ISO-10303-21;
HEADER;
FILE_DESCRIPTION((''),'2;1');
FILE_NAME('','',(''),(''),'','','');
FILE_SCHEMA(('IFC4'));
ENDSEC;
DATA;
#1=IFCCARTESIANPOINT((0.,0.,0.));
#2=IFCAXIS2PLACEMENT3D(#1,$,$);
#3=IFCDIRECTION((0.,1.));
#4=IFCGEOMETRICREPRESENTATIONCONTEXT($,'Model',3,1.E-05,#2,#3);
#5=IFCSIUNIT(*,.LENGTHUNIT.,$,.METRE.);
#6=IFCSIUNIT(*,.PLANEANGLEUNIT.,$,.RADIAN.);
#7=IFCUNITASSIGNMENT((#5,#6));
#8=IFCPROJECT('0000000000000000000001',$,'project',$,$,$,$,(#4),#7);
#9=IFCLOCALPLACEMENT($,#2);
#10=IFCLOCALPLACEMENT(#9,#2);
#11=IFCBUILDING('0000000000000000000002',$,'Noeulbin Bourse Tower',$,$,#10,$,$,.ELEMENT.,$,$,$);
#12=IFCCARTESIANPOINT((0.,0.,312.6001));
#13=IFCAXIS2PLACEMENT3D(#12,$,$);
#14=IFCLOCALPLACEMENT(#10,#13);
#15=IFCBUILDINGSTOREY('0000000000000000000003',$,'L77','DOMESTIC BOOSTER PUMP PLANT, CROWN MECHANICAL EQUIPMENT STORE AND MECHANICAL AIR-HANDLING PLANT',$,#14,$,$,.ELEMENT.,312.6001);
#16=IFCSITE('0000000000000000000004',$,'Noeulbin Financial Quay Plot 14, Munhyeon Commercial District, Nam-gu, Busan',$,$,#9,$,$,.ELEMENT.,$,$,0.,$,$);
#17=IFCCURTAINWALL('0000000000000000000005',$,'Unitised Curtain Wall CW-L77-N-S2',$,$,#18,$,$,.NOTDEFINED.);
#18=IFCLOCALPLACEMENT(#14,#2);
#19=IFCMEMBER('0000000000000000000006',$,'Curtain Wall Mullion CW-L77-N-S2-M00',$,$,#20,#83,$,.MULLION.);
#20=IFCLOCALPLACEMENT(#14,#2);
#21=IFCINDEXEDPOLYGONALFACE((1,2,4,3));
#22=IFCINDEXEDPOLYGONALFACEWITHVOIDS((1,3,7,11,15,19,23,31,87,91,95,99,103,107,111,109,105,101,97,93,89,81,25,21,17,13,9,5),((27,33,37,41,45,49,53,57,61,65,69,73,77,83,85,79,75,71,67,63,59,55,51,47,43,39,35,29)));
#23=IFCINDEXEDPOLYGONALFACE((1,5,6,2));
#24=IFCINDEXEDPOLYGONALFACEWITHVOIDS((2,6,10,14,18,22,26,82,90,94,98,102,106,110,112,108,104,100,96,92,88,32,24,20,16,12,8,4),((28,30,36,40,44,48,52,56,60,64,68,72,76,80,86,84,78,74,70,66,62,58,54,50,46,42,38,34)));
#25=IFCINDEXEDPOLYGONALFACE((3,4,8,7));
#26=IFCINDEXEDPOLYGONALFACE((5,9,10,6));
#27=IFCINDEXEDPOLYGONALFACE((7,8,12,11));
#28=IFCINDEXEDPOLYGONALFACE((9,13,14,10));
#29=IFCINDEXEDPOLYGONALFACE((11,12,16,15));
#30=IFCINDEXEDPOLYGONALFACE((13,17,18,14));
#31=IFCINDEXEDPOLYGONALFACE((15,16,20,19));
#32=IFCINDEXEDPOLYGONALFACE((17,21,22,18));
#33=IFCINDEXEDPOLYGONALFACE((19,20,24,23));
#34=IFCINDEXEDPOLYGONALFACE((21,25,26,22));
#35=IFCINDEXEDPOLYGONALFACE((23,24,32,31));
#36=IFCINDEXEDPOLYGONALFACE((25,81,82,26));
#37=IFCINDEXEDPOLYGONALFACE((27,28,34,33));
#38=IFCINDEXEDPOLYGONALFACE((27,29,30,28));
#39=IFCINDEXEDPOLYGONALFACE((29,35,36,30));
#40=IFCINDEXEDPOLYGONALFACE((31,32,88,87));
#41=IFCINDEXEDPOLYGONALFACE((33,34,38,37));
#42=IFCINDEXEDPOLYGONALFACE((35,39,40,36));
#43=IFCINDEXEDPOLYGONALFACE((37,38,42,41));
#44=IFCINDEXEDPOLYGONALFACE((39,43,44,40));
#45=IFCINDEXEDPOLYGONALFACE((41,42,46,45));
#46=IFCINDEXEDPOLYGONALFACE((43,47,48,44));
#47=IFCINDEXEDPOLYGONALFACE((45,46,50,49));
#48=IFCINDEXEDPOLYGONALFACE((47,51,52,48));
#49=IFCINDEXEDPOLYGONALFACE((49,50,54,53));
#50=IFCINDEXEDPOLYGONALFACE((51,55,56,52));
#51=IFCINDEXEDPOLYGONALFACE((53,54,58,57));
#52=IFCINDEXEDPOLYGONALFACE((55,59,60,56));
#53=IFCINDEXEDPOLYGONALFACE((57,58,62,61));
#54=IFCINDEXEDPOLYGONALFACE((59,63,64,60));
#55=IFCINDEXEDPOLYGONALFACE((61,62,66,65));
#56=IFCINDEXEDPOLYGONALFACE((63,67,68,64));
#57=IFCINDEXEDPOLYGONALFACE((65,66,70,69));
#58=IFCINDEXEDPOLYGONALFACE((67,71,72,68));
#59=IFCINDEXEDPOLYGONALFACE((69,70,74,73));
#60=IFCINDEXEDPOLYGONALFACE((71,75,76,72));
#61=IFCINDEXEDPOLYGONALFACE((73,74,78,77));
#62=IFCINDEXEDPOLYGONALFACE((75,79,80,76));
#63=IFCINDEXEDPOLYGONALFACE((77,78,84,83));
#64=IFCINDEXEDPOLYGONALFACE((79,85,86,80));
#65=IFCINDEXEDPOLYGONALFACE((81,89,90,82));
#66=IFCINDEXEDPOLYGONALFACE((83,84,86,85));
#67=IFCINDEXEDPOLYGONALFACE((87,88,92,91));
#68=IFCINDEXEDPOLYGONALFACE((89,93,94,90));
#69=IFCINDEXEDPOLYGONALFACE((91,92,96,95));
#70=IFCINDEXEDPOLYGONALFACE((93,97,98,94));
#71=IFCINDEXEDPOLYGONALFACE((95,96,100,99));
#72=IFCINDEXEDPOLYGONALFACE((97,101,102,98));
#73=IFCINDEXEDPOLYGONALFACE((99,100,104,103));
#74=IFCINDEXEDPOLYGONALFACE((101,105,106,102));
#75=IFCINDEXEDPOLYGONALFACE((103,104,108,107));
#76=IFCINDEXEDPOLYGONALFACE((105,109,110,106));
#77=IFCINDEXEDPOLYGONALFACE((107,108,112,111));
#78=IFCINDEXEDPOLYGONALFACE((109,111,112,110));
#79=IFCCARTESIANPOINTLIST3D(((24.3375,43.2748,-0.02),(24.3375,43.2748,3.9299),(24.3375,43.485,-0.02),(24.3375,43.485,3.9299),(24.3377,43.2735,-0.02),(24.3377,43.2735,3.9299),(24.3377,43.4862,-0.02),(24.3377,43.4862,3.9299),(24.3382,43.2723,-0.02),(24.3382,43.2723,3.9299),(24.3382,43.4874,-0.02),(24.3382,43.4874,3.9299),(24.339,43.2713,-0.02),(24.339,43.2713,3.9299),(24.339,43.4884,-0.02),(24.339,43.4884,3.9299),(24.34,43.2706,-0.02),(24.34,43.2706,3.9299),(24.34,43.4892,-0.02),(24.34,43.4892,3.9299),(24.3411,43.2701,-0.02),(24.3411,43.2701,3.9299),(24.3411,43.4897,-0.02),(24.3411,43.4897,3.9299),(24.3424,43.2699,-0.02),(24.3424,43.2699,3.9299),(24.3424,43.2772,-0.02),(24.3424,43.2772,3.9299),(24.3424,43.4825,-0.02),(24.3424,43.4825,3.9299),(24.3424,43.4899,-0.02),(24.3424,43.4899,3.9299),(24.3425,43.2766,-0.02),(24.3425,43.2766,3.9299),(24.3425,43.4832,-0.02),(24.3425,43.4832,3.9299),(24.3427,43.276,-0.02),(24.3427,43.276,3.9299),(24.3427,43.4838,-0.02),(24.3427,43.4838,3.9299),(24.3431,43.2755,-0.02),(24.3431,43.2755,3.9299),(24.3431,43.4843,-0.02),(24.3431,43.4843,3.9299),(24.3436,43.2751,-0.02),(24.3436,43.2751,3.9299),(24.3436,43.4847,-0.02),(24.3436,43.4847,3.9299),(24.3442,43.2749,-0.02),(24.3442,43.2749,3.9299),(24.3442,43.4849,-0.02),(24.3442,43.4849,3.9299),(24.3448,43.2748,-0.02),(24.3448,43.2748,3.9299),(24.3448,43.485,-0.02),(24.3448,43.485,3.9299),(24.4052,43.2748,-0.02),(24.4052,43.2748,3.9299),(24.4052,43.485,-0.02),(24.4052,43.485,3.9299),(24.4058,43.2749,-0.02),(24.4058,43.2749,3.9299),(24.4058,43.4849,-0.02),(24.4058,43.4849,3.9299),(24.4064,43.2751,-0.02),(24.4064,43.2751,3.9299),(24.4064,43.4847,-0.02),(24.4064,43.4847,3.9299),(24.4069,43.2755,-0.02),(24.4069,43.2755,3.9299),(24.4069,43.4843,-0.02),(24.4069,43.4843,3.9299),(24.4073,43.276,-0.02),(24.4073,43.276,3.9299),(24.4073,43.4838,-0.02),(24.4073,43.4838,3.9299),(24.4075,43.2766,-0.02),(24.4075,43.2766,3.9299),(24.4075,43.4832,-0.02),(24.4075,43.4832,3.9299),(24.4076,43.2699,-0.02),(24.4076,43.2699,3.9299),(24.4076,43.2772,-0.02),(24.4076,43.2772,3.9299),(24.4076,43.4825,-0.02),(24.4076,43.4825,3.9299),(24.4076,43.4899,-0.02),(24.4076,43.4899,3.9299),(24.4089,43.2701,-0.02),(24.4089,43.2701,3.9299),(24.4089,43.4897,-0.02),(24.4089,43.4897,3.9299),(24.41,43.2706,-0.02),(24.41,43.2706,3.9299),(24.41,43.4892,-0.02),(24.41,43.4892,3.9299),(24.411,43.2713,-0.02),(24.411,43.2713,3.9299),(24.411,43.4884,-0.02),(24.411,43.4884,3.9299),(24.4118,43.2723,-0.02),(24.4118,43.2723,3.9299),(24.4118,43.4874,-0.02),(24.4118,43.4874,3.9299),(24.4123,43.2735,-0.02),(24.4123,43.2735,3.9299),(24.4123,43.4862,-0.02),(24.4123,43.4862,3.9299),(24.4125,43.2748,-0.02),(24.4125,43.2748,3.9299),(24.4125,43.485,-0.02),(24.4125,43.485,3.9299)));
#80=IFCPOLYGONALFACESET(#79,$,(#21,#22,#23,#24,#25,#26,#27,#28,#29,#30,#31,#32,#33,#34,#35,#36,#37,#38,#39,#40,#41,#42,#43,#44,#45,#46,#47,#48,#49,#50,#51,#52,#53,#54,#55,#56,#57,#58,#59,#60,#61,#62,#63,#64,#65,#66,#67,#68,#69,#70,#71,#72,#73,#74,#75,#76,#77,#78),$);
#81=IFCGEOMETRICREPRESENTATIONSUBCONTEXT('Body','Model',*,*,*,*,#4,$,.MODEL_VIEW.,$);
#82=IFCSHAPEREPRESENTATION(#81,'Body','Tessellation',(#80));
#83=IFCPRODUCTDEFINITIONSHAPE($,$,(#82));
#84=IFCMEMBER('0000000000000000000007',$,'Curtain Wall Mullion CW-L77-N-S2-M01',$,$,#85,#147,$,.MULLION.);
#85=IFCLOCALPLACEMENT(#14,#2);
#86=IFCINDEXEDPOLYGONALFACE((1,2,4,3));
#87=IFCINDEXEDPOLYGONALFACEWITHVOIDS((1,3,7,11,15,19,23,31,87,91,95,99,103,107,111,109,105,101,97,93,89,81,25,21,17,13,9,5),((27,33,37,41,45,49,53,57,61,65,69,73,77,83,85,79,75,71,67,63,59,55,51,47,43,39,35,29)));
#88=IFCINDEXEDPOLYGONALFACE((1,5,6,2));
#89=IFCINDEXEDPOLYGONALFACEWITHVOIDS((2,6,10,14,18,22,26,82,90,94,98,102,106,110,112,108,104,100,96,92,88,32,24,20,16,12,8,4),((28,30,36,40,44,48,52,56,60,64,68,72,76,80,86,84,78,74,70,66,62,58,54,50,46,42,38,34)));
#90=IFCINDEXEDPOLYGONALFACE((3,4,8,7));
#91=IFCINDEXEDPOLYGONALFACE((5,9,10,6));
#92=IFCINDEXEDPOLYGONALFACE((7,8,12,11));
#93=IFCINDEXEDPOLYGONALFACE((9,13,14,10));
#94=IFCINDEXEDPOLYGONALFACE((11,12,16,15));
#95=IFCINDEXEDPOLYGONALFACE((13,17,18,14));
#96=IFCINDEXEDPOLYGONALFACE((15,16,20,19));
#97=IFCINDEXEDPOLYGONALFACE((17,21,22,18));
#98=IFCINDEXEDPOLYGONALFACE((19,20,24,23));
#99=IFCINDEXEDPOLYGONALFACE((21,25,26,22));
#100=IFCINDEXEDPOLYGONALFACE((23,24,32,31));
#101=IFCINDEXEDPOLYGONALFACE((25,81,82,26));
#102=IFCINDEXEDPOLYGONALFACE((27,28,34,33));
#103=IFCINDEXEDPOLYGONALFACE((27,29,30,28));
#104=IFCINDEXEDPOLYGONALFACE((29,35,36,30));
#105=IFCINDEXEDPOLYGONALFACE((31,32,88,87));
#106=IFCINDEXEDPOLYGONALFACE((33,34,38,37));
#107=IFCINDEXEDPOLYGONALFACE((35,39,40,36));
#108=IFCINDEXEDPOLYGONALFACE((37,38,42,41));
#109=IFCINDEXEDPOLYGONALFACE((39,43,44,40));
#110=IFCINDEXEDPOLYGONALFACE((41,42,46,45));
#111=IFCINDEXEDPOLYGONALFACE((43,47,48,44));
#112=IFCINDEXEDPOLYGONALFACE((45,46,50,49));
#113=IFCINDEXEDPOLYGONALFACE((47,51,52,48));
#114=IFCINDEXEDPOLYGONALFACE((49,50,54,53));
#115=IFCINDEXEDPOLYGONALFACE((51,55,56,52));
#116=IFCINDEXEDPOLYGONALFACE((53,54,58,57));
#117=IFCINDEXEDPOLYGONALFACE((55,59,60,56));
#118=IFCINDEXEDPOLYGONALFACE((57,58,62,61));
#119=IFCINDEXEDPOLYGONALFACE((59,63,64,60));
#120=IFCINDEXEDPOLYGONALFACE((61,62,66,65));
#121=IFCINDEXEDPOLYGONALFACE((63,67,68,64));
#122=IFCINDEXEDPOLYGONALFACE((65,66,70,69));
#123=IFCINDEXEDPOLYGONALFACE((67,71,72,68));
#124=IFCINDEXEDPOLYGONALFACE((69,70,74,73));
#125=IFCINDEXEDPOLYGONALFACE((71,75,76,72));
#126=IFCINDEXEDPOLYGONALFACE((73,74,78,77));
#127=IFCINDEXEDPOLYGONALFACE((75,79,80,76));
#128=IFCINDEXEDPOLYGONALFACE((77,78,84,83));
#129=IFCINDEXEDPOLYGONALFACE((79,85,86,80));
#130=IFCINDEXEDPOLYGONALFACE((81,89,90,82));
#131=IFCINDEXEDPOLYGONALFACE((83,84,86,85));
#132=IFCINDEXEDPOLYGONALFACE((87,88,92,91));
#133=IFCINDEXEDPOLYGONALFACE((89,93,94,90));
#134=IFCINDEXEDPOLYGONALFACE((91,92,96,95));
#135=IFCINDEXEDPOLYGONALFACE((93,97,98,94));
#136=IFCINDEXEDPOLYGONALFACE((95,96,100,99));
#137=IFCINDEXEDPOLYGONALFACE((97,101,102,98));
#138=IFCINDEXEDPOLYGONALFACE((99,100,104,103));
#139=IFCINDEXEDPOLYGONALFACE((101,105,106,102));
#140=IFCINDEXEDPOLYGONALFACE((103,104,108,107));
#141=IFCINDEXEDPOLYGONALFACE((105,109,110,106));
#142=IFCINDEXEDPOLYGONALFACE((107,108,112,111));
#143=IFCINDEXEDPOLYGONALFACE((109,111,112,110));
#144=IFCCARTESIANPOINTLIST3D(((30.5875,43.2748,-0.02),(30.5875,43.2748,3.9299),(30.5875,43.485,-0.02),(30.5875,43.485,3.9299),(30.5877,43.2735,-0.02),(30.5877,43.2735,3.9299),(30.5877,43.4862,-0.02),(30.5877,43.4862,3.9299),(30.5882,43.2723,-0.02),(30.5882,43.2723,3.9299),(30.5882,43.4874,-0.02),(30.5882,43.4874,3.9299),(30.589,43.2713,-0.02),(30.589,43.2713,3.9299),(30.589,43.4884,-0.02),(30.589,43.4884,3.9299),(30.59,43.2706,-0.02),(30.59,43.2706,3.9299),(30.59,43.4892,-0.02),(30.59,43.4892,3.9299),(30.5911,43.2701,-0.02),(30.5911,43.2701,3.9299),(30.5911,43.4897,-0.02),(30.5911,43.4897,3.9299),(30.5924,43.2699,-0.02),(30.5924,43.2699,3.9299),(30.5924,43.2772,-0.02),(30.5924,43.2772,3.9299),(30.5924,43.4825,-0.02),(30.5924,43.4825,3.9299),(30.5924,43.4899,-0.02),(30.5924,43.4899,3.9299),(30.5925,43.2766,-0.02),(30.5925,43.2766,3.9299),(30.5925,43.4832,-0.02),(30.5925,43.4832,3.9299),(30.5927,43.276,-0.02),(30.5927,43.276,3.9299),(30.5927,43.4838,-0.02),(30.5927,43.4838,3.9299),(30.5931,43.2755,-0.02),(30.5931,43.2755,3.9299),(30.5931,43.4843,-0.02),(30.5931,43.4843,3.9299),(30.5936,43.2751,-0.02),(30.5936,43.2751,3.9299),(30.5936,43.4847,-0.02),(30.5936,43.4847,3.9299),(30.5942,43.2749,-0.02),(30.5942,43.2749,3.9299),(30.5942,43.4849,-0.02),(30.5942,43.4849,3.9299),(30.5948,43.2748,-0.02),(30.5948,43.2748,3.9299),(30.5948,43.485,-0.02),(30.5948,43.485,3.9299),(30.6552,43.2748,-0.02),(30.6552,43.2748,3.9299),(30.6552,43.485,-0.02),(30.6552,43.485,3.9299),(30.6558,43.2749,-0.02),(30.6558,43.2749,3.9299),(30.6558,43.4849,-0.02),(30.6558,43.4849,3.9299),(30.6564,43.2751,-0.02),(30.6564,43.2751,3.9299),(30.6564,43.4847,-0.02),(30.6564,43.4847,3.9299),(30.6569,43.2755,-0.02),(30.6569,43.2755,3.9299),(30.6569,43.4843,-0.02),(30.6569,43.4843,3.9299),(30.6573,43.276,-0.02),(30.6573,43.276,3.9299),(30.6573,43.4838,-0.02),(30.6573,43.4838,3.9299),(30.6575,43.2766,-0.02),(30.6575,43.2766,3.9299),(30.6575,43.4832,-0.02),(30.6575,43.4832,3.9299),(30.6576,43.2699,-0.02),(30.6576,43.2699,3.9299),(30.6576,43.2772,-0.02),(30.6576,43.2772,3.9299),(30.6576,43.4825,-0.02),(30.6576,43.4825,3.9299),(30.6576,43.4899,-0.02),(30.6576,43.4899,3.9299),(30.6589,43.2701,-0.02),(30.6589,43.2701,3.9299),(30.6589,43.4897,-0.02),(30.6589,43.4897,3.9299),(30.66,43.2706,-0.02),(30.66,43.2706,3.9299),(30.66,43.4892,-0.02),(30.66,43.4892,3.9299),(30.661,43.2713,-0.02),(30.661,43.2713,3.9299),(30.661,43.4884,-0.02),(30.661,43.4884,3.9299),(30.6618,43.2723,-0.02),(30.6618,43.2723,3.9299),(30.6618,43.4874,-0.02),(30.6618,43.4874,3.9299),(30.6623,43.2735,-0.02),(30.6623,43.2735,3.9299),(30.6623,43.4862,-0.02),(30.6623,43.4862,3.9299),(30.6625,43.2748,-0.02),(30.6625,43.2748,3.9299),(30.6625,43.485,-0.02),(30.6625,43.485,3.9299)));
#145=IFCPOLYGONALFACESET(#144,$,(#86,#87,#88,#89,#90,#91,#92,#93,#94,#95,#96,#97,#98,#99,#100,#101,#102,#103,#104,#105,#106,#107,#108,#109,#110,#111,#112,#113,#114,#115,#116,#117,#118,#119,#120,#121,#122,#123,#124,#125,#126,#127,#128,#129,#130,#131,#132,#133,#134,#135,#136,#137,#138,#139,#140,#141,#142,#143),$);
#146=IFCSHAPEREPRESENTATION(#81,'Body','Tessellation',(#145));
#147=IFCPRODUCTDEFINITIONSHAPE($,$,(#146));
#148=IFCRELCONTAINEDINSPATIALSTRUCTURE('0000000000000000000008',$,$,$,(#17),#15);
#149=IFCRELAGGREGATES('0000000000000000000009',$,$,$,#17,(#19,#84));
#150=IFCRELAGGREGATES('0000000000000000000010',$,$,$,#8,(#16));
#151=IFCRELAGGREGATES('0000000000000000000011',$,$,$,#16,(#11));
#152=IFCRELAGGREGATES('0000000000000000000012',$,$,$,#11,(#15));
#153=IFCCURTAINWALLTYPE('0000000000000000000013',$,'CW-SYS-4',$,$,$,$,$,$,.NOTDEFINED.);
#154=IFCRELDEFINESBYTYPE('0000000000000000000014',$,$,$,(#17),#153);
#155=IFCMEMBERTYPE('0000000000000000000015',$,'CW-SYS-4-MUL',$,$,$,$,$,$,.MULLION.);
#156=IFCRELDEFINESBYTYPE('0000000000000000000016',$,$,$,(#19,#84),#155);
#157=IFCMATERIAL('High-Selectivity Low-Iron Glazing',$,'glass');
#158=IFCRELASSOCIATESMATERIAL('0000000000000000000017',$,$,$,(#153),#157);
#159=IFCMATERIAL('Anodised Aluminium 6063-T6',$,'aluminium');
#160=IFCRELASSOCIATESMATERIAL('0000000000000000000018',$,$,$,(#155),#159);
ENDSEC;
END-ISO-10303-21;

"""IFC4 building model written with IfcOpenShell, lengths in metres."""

from ifc_helpers import new_model, si_unit, direction, frame, origin, origin_2d, place, context, subcontext, project, spatial, hollow_rectangle, extrude, material, material_profile, profile_set, type_object, element, aggregate, save


model = new_model("IFC4")

# Units and contexts
model_context = context("Model", 3, precision=1e-05, world=origin(), true_north=direction((0.0, 1.0)))
body_context = subcontext(model_context, "Body", "Model", "MODEL_VIEW")
ifc_project = project(units=[si_unit("LENGTHUNIT", "METRE"), si_unit("PLANEANGLEUNIT", "RADIAN")], contexts=[model_context])

# Site, building, storey
site_placement = place(None, origin())
site = spatial("IfcSite", under=ifc_project, at=site_placement, Name="Noeulbin Financial Quay Plot 14, Munhyeon Commercial District, Nam-gu, Busan", CompositionType="ELEMENT", RefElevation=0.0)
building_placement = place(site_placement, origin())
building = spatial("IfcBuilding", under=site, at=building_placement, Name="Noeulbin Bourse Tower", CompositionType="ELEMENT")
storey_placement = place(building_placement, frame((0.0, 0.0, 312.6001)))
storey = spatial("IfcBuildingStorey", under=building, at=storey_placement, Name="L77", Description="DOMESTIC BOOSTER PUMP PLANT, CROWN MECHANICAL EQUIPMENT STORE AND MECHANICAL AIR-HANDLING PLANT", CompositionType="ELEMENT", Elevation=312.6001)

# Curtain wall, members
ifc_material_1 = material(Name="High-Selectivity Low-Iron Glazing", Category="glass")
curtain_wall_type = type_object("IfcCurtainWallType", Name="CW-SYS-4", PredefinedType="NOTDEFINED", material=ifc_material_1)
curtain_wall_1_placement = place(storey_placement, origin())
curtain_wall_1 = element("IfcCurtainWall", 1, at=curtain_wall_1_placement, inside=storey, type_object=curtain_wall_type, Name="Unitised Curtain Wall CW-L77-N-S2", PredefinedType="NOTDEFINED")
ifc_material_2 = material(Name="Anodised Aluminium 6063-T6", Category="aluminium")
ifc_material_profile_1 = material_profile(ifc_material_2, hollow_rectangle(XDim=0.075, YDim=0.22, WallThickness=0.0049, InnerFilletRadius=0.0024, OuterFilletRadius=0.0049, at=origin_2d()), Name="ALU-MULL-75x220x5", Category="LoadBearing")
ifc_profile_set_1 = profile_set([ifc_material_profile_1], Name="Anodised Aluminium 6063-T6")
member_type_1 = type_object("IfcMemberType", Name="CW-SYS-4-MUL", PredefinedType="MULLION", material=ifc_profile_set_1)
member_1_placement = place(storey_placement, frame((24.375, 43.3799, -0.02), z_axis=(0.0, 0.0, 1.0), x_axis=(1.0, 0.0, 0.0)))
member_1 = element("IfcMember", 2, at=member_1_placement, type_object=member_type_1, Name="Curtain Wall Mullion CW-L77-N-S2-M00", PredefinedType="MULLION", context=body_context, shape_type="SweptSolid", body=[
    extrude(hollow_rectangle(XDim=0.075, YDim=0.22, WallThickness=0.0049, InnerFilletRadius=0.0024, OuterFilletRadius=0.0049, at=origin_2d()), origin(), (0.0, 0.0, 1.0), 3.95),
])
member_2_placement = place(storey_placement, frame((30.625, 43.3799, -0.02), z_axis=(0.0, 0.0, 1.0), x_axis=(1.0, 0.0, 0.0)))
member_2 = element("IfcMember", 3, at=member_2_placement, type_object=member_type_1, Name="Curtain Wall Mullion CW-L77-N-S2-M01", PredefinedType="MULLION", context=body_context, shape_type="SweptSolid", body=[
    extrude(hollow_rectangle(XDim=0.075, YDim=0.22, WallThickness=0.0049, InnerFilletRadius=0.0024, OuterFilletRadius=0.0049, at=origin_2d()), origin(), (0.0, 0.0, 1.0), 3.95),
])

aggregate(curtain_wall_1, [member_1, member_2])

save(model, "model.ifc")
